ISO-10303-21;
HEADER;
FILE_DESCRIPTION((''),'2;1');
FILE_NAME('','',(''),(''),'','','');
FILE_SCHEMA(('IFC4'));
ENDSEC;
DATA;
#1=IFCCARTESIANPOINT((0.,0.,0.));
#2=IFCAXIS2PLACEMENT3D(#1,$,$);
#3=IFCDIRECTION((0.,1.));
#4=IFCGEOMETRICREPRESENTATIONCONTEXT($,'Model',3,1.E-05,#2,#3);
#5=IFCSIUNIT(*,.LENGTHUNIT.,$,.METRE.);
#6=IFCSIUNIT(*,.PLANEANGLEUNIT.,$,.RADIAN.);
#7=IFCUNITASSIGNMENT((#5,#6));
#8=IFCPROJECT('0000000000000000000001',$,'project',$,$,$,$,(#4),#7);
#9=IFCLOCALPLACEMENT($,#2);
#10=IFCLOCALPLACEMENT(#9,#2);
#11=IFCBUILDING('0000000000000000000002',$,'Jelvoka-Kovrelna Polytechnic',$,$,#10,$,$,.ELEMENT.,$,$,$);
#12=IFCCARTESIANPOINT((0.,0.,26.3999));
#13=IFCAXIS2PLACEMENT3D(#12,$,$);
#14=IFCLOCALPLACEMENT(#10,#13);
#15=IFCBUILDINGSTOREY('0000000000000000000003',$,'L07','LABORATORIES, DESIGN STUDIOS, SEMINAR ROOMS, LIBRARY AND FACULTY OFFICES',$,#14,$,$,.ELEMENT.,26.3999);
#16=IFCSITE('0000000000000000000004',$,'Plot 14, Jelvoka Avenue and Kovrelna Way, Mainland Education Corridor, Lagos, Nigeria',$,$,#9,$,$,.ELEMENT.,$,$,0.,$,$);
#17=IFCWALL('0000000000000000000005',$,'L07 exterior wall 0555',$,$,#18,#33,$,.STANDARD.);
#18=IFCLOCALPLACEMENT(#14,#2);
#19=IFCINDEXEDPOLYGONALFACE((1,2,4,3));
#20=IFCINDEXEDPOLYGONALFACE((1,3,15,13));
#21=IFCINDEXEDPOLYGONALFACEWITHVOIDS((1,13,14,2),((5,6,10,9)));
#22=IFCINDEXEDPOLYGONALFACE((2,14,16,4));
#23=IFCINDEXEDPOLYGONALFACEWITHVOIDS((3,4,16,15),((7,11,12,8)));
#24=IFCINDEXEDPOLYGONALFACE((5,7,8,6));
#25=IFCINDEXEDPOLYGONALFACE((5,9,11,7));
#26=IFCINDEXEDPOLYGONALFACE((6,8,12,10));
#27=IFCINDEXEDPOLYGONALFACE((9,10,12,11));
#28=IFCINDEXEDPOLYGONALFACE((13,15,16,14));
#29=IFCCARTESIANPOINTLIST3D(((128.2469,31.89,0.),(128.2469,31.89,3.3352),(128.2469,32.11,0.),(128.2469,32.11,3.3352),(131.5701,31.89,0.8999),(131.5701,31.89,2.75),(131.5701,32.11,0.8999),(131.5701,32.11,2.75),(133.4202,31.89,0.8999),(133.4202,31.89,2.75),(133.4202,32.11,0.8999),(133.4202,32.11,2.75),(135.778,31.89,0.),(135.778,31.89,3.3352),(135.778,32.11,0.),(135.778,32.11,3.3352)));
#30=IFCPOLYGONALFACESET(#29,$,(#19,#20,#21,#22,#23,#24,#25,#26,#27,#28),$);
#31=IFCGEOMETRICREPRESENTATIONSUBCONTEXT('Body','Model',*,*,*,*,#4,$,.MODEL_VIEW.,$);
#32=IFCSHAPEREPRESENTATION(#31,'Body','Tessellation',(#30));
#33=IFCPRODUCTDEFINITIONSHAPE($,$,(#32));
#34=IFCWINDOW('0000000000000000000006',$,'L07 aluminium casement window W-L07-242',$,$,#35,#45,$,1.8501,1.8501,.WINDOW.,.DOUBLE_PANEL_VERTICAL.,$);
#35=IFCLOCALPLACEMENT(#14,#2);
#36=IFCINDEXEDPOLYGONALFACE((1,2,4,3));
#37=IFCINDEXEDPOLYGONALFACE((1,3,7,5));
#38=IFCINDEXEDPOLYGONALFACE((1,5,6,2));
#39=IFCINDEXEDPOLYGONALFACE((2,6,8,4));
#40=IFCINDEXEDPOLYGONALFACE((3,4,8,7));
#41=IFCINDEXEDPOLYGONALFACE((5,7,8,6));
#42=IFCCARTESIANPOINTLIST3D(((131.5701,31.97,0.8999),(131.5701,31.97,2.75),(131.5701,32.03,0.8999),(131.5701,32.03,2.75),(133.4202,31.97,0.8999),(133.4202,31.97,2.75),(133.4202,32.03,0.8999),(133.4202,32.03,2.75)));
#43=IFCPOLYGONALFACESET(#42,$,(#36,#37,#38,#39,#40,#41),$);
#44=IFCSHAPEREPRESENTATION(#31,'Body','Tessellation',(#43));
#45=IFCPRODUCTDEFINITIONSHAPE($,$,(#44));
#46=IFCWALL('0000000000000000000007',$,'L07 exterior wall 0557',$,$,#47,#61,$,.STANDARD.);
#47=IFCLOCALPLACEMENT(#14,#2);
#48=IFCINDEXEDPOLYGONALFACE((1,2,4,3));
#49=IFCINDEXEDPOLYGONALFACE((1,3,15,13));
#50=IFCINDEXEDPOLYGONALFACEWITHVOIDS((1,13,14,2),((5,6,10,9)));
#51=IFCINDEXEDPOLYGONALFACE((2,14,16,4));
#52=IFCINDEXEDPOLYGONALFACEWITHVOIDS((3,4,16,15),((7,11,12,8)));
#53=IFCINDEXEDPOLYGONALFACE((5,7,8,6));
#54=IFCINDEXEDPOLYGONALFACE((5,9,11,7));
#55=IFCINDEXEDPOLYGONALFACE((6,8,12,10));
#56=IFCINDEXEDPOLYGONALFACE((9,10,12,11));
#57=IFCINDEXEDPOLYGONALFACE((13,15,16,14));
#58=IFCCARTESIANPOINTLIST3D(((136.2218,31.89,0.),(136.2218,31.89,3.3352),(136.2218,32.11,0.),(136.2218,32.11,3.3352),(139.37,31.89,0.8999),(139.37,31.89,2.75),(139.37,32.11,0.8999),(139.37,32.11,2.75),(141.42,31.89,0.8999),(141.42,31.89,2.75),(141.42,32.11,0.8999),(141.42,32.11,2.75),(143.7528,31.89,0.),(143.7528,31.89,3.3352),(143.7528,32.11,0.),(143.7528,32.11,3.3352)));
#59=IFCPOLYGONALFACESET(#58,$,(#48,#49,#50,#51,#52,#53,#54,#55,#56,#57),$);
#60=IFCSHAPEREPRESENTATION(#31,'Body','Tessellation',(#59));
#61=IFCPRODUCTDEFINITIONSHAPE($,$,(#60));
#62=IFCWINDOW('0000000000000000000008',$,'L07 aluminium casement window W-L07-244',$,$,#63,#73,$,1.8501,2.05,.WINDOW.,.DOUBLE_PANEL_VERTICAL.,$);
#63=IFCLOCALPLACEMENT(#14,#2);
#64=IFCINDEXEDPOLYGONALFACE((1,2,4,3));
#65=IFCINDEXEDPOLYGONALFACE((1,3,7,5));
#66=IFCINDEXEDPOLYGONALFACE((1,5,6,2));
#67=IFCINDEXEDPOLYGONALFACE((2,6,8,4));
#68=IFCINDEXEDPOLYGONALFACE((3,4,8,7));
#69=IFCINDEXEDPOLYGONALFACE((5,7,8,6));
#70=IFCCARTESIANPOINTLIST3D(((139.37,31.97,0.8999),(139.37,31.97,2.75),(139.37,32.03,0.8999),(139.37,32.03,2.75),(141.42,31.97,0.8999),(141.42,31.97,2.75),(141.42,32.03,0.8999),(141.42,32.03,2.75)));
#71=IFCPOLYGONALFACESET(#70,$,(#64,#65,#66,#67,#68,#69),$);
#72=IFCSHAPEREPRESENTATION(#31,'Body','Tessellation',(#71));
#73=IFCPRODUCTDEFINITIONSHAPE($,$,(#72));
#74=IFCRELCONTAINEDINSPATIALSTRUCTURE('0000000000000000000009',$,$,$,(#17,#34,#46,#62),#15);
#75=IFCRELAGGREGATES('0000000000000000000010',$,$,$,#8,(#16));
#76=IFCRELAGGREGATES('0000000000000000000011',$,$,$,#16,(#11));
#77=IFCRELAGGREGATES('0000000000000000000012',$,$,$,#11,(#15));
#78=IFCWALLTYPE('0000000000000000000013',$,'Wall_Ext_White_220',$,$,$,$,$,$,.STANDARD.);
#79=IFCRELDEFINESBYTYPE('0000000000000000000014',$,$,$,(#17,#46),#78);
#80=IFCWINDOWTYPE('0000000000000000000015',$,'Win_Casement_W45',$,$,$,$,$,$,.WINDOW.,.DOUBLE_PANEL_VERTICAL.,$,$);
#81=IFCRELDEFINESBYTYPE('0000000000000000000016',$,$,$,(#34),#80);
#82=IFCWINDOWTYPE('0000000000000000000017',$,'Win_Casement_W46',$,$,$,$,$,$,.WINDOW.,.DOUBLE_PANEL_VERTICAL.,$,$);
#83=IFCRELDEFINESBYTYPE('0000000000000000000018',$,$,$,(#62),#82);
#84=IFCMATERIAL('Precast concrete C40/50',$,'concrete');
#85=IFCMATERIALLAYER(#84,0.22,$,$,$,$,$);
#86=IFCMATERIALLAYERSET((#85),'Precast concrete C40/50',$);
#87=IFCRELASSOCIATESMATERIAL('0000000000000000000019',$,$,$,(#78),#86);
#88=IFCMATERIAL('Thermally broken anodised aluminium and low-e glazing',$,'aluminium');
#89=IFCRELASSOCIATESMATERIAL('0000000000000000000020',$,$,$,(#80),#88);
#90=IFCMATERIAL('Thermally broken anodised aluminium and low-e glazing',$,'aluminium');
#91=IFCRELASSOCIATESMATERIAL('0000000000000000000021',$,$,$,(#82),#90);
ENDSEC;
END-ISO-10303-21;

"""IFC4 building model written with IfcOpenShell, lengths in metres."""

from ifc_helpers import new_model, si_unit, direction, frame, frame_2d, origin, place, context, subcontext, project, spatial, rectangle, extrude, material, layer, layer_set, type_object, element, fill, save


model = new_model("IFC4")

# Units and contexts
model_context = context("Model", 3, precision=1e-05, world=origin(), true_north=direction((0.0, 1.0)))
body_context = subcontext(model_context, "Body", "Model", "MODEL_VIEW")
ifc_project = project(units=[si_unit("LENGTHUNIT", "METRE"), si_unit("PLANEANGLEUNIT", "RADIAN")], contexts=[model_context])

# Site, building, storey
site_placement = place(None, origin())
site = spatial("IfcSite", under=ifc_project, at=site_placement, Name="Plot 14, Jelvoka Avenue and Kovrelna Way, Mainland Education Corridor, Lagos, Nigeria", CompositionType="ELEMENT", RefElevation=0.0)
building_placement = place(site_placement, origin())
building = spatial("IfcBuilding", under=site, at=building_placement, Name="Jelvoka-Kovrelna Polytechnic", CompositionType="ELEMENT")
storey_placement = place(building_placement, frame((0.0, 0.0, 26.3999)))
storey = spatial("IfcBuildingStorey", under=building, at=storey_placement, Name="L07", Description="LABORATORIES, DESIGN STUDIOS, SEMINAR ROOMS, LIBRARY AND FACULTY OFFICES", CompositionType="ELEMENT", Elevation=26.3999)

# Walls, openings, windows
ifc_material_1 = material(Name="Precast concrete C40/50", Category="concrete")
ifc_layer = layer(ifc_material_1, 0.22)
ifc_layer_set = layer_set([ifc_layer], Name="Precast concrete C40/50")
wall_type = type_object("IfcWallType", Name="Wall_Ext_White_220", PredefinedType="STANDARD", material=ifc_layer_set)
wall_1_placement = place(storey_placement, frame((135.7781, 32.0, 0.0), z_axis=(0.0, 0.0, 1.0), x_axis=(-1.0, 0.0, 0.0)))
wall_1 = element("IfcWall", 1, at=wall_1_placement, inside=storey, type_object=wall_type, Name="L07 exterior wall 0555", PredefinedType="STANDARD", context=body_context, shape_type="SweptSolid", body=[
    extrude(rectangle(XDim=7.531, YDim=0.22, at=frame_2d((3.7656, 0.0))), origin(), (0.0, 0.0, 1.0), 3.3352),
])
opening_1_placement = place(wall_1_placement, frame((2.3579, 0.0, 0.8999)))
opening_1 = element("IfcOpeningElement", 2, at=opening_1_placement, cuts=wall_1, PredefinedType="OPENING", context=body_context, shape_type="SweptSolid", body=[
    extrude(rectangle(XDim=1.8501, YDim=1.8501, at=frame_2d((0.925, 0.925))), frame((0.0, 0.1199, 0.0), z_axis=(0.0, -1.0, 0.0), x_axis=(1.0, 0.0, 0.0)), (0.0, 0.0, 1.0), 0.24),
])
ifc_material_2 = material(Name="Thermally broken anodised aluminium and low-e glazing", Category="aluminium")
window_type_1 = type_object("IfcWindowType", Name="Win_Casement_W45", PartitioningType="DOUBLE_PANEL_VERTICAL", PredefinedType="WINDOW", material=ifc_material_2)
window_1_placement = place(opening_1_placement, origin())
window_1 = element("IfcWindow", 3, at=window_1_placement, inside=storey, type_object=window_type_1, Name="L07 aluminium casement window W-L07-242", OverallHeight=1.8501, OverallWidth=1.8501, PartitioningType="DOUBLE_PANEL_VERTICAL", PredefinedType="WINDOW", context=body_context, shape_type="SweptSolid", body=[
    extrude(rectangle(XDim=1.8501, YDim=1.8501, at=frame_2d((0.925, 0.925))), frame((0.0, 0.03, 0.0), z_axis=(0.0, -1.0, 0.0), x_axis=(1.0, 0.0, 0.0)), (0.0, 0.0, 1.0), 0.0601),
])
fill(opening_1, window_1)
wall_2_placement = place(storey_placement, frame((143.7529, 32.0, 0.0), z_axis=(0.0, 0.0, 1.0), x_axis=(-1.0, 0.0, 0.0)))
wall_2 = element("IfcWall", 4, at=wall_2_placement, inside=storey, type_object=wall_type, Name="L07 exterior wall 0557", PredefinedType="STANDARD", context=body_context, shape_type="SweptSolid", body=[
    extrude(rectangle(XDim=7.531, YDim=0.22, at=frame_2d((3.7656, 0.0))), origin(), (0.0, 0.0, 1.0), 3.3352),
])
opening_2_placement = place(wall_2_placement, frame((2.333, 0.0, 0.8999)))
opening_2 = element("IfcOpeningElement", 5, at=opening_2_placement, cuts=wall_2, PredefinedType="OPENING", context=body_context, shape_type="SweptSolid", body=[
    extrude(rectangle(XDim=2.05, YDim=1.8501, at=frame_2d((1.0249, 0.925))), frame((0.0, 0.1199, 0.0), z_axis=(0.0, -1.0, 0.0), x_axis=(1.0, 0.0, 0.0)), (0.0, 0.0, 1.0), 0.24),
])
ifc_material_3 = material(Name="Thermally broken anodised aluminium and low-e glazing", Category="aluminium")
window_type_2 = type_object("IfcWindowType", Name="Win_Casement_W46", PartitioningType="DOUBLE_PANEL_VERTICAL", PredefinedType="WINDOW", material=ifc_material_3)
window_2_placement = place(opening_2_placement, origin())
window_2 = element("IfcWindow", 6, at=window_2_placement, inside=storey, type_object=window_type_2, Name="L07 aluminium casement window W-L07-244", OverallHeight=1.8501, OverallWidth=2.05, PartitioningType="DOUBLE_PANEL_VERTICAL", PredefinedType="WINDOW", context=body_context, shape_type="SweptSolid", body=[
    extrude(rectangle(XDim=2.05, YDim=1.8501, at=frame_2d((1.0249, 0.925))), frame((0.0, 0.03, 0.0), z_axis=(0.0, -1.0, 0.0), x_axis=(1.0, 0.0, 0.0)), (0.0, 0.0, 1.0), 0.0601),
])
fill(opening_2, window_2)

save(model, "model.ifc")
